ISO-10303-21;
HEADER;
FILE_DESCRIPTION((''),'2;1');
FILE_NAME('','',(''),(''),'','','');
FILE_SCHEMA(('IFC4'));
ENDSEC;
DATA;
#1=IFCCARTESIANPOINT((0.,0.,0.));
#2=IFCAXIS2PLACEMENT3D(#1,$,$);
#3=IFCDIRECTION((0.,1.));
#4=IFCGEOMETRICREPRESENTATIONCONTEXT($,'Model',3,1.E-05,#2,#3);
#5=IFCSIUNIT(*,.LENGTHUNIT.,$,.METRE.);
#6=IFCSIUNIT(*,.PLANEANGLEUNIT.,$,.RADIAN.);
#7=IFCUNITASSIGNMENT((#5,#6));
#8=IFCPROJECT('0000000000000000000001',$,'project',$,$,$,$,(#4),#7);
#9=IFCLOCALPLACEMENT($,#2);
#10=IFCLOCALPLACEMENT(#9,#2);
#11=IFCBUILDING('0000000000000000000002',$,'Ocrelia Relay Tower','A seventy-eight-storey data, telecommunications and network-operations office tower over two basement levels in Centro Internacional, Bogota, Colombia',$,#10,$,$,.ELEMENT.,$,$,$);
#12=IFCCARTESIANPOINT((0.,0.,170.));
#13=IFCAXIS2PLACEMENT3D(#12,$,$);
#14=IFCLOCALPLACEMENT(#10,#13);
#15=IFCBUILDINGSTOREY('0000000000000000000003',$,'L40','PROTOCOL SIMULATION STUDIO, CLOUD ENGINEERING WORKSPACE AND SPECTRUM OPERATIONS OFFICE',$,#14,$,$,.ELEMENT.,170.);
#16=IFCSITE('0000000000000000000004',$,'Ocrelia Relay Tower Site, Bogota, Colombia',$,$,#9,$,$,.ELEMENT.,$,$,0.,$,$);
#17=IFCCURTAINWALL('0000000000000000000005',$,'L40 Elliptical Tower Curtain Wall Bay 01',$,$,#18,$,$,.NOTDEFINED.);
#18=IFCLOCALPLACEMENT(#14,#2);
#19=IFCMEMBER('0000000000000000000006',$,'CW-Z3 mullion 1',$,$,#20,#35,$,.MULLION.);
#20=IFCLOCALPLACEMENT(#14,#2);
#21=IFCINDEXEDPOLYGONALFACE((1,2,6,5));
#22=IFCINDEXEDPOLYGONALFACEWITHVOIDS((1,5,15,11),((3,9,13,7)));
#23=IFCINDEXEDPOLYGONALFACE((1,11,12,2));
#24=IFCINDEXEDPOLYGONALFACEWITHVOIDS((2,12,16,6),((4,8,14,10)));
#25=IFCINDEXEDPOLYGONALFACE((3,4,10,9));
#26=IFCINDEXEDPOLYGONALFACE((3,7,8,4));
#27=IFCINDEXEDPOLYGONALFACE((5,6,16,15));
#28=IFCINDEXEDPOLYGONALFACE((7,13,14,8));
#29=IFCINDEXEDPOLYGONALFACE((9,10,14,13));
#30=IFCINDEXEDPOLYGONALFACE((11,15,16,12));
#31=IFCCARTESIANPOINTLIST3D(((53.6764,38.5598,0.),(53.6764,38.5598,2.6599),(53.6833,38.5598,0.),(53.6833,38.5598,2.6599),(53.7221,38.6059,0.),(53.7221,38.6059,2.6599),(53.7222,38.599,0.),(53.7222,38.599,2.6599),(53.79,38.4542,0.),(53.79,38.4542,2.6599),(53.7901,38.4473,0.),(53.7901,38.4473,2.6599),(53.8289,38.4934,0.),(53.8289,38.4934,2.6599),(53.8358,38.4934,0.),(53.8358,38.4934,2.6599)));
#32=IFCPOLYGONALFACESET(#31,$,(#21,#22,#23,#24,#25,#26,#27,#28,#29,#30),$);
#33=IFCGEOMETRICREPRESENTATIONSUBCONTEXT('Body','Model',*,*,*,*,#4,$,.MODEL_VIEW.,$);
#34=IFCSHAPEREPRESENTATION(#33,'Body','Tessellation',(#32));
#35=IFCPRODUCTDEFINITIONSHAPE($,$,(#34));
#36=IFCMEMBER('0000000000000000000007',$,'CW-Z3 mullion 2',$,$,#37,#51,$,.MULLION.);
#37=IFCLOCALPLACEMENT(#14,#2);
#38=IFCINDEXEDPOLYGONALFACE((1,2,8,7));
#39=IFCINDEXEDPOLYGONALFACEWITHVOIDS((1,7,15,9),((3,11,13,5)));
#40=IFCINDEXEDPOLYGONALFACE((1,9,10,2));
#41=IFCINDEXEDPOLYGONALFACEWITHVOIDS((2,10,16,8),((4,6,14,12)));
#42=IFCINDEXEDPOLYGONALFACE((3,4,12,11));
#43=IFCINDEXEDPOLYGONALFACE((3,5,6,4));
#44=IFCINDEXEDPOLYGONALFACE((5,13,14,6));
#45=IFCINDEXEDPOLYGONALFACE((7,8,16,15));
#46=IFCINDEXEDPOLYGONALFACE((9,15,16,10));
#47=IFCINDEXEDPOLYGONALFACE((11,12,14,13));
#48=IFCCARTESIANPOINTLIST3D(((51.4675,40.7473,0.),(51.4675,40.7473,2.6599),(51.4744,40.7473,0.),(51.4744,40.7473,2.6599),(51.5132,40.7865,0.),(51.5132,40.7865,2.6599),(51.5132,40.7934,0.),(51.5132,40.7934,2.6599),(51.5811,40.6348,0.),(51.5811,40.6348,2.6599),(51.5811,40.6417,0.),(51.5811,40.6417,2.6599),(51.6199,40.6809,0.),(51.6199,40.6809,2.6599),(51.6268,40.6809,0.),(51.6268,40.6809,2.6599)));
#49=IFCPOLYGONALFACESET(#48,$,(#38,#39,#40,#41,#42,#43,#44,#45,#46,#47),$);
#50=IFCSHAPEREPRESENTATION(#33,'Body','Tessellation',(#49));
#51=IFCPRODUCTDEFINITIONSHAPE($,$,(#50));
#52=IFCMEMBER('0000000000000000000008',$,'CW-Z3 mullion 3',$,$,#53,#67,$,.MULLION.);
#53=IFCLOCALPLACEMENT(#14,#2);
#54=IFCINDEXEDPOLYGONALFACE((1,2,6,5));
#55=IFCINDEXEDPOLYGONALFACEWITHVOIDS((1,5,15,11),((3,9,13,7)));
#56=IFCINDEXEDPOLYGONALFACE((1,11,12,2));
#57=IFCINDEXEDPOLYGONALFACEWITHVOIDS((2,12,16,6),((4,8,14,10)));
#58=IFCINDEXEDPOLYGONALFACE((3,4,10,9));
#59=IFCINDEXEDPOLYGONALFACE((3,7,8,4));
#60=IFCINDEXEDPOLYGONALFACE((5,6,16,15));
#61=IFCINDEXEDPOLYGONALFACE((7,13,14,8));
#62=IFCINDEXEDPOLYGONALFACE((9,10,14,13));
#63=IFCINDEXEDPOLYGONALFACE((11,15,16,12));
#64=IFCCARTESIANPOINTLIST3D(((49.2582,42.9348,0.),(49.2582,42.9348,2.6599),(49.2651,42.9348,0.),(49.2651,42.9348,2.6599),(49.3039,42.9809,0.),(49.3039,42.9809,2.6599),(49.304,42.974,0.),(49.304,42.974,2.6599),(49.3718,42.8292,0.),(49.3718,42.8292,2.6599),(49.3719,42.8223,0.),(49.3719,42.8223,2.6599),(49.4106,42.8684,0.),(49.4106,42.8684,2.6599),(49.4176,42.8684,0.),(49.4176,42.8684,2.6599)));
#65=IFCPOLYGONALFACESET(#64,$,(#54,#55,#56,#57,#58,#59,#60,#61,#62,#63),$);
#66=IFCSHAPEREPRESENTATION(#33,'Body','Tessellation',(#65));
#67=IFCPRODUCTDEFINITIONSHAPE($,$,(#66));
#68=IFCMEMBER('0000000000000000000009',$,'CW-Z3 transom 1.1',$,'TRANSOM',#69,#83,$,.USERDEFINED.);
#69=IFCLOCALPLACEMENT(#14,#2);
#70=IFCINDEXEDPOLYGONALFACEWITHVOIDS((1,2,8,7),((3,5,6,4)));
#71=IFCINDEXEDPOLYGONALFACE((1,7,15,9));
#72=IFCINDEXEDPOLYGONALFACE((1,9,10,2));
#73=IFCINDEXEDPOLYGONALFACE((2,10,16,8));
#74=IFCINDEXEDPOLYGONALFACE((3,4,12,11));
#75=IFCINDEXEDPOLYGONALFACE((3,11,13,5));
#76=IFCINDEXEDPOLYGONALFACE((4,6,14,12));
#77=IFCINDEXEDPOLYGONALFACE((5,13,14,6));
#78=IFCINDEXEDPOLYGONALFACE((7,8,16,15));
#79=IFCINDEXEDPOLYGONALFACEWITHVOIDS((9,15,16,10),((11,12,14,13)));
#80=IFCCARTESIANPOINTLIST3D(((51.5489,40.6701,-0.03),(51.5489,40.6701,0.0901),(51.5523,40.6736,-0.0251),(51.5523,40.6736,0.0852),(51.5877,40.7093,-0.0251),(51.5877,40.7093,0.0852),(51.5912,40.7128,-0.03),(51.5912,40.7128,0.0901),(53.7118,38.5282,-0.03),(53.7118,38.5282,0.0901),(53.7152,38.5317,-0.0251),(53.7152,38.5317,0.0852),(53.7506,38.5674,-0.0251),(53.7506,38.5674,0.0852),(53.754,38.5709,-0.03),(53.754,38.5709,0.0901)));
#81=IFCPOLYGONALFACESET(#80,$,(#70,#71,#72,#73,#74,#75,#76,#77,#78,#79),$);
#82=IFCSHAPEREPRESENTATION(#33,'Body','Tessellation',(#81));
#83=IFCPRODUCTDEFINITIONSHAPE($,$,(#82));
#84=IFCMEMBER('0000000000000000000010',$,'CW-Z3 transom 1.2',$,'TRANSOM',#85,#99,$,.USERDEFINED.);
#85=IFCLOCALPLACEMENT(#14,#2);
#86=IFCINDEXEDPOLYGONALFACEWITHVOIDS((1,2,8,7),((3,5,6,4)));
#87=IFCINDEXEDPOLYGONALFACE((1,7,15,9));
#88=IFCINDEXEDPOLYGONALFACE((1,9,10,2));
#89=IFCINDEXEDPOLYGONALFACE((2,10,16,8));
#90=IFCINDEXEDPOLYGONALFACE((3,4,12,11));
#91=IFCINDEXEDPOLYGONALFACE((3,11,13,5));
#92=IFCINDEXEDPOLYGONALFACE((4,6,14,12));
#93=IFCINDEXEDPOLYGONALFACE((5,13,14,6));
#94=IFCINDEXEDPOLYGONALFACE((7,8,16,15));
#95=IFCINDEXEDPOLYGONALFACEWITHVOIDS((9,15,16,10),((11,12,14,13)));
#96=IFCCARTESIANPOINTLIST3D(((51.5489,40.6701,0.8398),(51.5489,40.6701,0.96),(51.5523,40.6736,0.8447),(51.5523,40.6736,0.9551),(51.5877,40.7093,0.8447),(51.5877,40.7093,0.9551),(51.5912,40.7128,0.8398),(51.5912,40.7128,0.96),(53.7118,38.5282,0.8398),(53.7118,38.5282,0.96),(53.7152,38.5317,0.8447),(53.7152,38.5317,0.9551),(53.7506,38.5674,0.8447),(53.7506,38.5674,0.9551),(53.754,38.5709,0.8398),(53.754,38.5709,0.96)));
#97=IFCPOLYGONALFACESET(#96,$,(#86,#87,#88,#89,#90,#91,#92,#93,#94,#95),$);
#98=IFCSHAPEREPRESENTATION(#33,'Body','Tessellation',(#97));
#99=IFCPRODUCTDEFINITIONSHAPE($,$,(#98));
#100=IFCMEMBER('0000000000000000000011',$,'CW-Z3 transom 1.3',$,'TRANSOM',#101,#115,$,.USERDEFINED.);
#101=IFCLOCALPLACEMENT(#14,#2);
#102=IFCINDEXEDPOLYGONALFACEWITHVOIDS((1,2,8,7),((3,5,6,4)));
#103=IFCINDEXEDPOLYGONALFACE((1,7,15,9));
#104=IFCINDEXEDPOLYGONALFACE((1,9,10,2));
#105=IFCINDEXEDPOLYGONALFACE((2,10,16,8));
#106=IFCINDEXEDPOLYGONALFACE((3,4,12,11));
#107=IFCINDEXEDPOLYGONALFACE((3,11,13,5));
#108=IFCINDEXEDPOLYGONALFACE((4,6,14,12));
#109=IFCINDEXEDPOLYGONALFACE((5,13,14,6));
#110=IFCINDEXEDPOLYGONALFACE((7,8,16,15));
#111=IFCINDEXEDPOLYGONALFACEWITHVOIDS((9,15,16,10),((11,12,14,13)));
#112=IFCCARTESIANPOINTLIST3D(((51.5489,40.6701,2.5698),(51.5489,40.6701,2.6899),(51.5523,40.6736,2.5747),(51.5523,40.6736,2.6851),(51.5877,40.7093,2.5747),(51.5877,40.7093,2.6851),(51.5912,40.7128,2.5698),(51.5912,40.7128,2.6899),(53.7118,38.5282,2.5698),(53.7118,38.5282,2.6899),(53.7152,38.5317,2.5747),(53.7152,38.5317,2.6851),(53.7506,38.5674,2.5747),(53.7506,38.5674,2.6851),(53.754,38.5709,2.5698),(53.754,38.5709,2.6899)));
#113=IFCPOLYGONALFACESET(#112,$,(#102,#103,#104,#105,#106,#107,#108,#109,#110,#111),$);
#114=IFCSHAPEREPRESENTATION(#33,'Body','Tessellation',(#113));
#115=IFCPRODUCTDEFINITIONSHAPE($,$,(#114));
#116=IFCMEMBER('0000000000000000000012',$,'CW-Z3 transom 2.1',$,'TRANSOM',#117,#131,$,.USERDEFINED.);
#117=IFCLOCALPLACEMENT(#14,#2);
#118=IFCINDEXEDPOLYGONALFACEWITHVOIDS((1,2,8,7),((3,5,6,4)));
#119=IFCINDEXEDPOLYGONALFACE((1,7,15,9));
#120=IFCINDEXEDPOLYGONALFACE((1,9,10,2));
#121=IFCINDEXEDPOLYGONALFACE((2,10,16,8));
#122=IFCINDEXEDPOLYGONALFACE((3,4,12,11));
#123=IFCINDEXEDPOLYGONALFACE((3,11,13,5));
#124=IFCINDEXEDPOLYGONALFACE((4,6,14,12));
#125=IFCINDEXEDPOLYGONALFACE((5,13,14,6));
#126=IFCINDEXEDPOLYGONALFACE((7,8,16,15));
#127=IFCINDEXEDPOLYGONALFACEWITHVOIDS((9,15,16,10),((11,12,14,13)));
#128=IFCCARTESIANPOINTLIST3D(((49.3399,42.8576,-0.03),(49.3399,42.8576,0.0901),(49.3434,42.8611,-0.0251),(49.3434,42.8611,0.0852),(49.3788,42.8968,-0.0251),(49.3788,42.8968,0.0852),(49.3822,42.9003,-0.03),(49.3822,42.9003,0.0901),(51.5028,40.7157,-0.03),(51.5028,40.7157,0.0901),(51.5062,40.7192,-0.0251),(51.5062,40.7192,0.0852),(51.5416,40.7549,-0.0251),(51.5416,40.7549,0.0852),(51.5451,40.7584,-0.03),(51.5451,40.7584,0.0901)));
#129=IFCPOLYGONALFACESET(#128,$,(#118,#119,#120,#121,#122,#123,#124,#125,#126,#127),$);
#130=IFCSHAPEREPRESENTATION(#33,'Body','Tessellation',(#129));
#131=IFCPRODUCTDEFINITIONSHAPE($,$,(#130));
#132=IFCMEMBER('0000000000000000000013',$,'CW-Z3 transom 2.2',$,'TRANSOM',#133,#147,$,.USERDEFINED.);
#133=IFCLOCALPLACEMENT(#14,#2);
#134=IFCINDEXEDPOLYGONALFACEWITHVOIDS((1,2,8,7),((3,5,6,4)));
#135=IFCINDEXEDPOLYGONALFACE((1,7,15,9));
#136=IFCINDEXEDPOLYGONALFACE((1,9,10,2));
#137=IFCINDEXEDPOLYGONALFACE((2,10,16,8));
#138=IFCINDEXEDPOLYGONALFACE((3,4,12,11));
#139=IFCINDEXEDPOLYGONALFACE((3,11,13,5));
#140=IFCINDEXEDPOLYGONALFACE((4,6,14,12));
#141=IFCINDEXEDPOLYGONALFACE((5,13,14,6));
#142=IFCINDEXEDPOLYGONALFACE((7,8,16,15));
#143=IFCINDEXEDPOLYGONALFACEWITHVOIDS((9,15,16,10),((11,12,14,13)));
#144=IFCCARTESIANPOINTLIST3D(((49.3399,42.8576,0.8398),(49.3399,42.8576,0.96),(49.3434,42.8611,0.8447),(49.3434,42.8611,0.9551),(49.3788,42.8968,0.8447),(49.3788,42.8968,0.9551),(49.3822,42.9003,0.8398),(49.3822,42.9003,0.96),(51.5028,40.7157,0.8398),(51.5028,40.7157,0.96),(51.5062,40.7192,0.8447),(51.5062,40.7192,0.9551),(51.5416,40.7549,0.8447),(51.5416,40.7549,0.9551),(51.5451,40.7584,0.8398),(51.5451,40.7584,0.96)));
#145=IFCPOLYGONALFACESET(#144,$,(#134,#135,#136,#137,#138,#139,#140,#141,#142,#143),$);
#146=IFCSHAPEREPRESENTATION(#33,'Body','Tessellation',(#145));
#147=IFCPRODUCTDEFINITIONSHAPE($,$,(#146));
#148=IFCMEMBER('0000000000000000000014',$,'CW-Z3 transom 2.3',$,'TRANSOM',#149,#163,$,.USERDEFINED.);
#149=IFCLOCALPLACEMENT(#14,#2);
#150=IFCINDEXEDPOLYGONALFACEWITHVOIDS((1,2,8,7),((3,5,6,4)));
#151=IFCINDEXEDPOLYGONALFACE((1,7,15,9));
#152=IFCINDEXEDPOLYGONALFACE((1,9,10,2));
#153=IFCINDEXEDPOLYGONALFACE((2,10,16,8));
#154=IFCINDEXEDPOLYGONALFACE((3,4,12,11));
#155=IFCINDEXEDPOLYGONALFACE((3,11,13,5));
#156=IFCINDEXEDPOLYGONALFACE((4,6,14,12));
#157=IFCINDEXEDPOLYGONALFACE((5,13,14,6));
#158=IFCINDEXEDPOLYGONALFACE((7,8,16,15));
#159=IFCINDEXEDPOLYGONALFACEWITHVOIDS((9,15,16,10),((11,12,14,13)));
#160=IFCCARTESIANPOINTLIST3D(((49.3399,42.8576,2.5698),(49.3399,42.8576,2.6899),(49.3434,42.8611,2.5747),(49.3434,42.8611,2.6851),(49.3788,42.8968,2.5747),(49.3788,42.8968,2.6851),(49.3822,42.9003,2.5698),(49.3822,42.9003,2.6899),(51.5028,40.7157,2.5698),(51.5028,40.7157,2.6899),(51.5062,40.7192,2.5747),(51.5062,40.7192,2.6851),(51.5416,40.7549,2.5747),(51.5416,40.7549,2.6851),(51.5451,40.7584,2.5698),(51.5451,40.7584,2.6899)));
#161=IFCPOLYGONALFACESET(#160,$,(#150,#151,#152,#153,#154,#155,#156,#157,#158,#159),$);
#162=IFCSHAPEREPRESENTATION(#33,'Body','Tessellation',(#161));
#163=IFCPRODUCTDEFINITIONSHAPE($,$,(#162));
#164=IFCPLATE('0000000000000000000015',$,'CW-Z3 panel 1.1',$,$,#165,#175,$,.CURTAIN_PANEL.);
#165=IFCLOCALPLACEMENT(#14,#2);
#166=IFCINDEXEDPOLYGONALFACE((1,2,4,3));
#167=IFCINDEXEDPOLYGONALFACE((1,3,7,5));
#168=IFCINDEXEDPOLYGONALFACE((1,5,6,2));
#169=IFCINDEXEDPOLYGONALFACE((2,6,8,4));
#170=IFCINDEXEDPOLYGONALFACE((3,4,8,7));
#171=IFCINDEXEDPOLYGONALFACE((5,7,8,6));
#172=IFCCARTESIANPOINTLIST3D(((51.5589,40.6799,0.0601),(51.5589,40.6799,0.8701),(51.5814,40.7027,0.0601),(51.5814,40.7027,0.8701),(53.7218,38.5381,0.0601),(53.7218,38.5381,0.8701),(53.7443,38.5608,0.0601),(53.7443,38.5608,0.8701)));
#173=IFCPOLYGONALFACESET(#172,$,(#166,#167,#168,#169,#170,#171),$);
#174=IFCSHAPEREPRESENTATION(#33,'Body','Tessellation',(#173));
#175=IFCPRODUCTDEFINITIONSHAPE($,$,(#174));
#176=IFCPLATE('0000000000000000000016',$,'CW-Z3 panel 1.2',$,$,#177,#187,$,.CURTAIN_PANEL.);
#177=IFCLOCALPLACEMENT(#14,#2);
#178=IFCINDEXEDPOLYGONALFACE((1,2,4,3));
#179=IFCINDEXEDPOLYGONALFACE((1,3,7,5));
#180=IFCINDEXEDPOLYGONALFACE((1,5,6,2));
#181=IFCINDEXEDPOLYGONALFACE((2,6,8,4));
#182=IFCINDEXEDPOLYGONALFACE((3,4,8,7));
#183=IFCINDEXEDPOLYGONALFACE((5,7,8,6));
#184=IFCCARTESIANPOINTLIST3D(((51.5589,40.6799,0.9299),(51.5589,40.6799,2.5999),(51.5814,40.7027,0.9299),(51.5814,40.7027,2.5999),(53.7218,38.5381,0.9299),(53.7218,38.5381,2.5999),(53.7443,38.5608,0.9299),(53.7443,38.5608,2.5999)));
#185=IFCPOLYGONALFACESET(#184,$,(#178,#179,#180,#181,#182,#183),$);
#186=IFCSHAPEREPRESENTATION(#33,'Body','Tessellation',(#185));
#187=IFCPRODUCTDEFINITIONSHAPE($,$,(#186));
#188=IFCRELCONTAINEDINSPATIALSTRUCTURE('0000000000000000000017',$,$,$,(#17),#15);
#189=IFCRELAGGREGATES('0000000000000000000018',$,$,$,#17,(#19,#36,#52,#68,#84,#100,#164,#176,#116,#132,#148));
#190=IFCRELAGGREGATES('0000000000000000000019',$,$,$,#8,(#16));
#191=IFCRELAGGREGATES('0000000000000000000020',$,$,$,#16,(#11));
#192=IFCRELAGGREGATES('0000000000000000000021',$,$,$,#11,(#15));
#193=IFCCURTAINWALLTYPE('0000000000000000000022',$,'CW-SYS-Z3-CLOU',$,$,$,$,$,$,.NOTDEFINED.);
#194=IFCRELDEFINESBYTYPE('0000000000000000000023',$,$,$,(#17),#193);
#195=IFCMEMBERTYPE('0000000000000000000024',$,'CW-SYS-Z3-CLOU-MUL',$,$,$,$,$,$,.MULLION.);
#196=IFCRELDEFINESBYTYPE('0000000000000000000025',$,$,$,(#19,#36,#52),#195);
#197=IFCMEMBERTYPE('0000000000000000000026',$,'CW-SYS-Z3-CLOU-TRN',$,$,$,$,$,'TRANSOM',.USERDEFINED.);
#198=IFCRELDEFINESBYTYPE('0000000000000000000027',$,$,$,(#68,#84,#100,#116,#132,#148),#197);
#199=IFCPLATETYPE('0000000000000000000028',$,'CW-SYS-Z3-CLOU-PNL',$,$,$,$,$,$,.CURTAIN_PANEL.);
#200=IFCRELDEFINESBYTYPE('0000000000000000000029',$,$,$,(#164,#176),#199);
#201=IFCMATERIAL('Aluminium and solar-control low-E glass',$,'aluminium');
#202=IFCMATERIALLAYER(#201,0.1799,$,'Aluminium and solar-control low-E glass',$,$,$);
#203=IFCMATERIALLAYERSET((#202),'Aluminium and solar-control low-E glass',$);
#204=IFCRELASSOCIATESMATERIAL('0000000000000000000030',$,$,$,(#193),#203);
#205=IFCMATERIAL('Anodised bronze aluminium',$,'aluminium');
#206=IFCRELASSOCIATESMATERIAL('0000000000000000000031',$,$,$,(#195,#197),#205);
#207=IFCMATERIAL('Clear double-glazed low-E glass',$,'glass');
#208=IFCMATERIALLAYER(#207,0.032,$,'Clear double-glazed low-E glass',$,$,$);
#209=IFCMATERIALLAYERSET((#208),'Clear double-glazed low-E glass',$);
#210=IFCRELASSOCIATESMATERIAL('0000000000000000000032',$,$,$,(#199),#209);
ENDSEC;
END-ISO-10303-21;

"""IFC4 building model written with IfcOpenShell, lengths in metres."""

from ifc_helpers import new_model, si_unit, direction, frame, origin, origin_2d, place, context, subcontext, project, spatial, rectangle, hollow_rectangle, extrude, material, layer, layer_set, material_profile, profile_set, type_object, element, aggregate, save


model = new_model("IFC4")

# Units and contexts
model_context = context("Model", 3, precision=1e-05, world=origin(), true_north=direction((0.0, 1.0)))
body_context = subcontext(model_context, "Body", "Model", "MODEL_VIEW")
ifc_project = project(units=[si_unit("LENGTHUNIT", "METRE"), si_unit("PLANEANGLEUNIT", "RADIAN")], contexts=[model_context])

# Site, building, storey
site_placement = place(None, origin())
site = spatial("IfcSite", under=ifc_project, at=site_placement, Name="Ocrelia Relay Tower Site, Bogota, Colombia", CompositionType="ELEMENT", RefElevation=0.0)
building_placement = place(site_placement, origin())
building = spatial("IfcBuilding", under=site, at=building_placement, Name="Ocrelia Relay Tower", Description="A seventy-eight-storey data, telecommunications and network-operations office tower over two basement levels in Centro Internacional, Bogota, Colombia", CompositionType="ELEMENT")
storey_placement = place(building_placement, frame((0.0, 0.0, 170.0)))
storey = spatial("IfcBuildingStorey", under=building, at=storey_placement, Name="L40", Description="PROTOCOL SIMULATION STUDIO, CLOUD ENGINEERING WORKSPACE AND SPECTRUM OPERATIONS OFFICE", CompositionType="ELEMENT", Elevation=170.0)

# Curtain wall, members, plates
ifc_material_1 = material(Name="Aluminium and solar-control low-E glass", Category="aluminium")
ifc_layer_1 = layer(ifc_material_1, 0.1799, Name="Aluminium and solar-control low-E glass")
ifc_layer_set_1 = layer_set([ifc_layer_1], Name="Aluminium and solar-control low-E glass")
curtain_wall_type = type_object("IfcCurtainWallType", Name="CW-SYS-Z3-CLOU", PredefinedType="NOTDEFINED", material=ifc_layer_set_1)
curtain_wall_placement = place(storey_placement, origin())
curtain_wall = element("IfcCurtainWall", 1, at=curtain_wall_placement, inside=storey, type_object=curtain_wall_type, Name="L40 Elliptical Tower Curtain Wall Bay 01", PredefinedType="NOTDEFINED")
ifc_material_2 = material(Name="Anodised bronze aluminium", Category="aluminium")
ifc_material_profile_1 = material_profile(ifc_material_2, hollow_rectangle(XDim=0.0649, YDim=0.1599, WallThickness=0.0049, at=origin_2d()), Name="CW-MUL-160x65")
ifc_profile_set_1 = profile_set([ifc_material_profile_1], Name="Anodised bronze aluminium")
member_type_1 = type_object("IfcMemberType", Name="CW-SYS-Z3-CLOU-MUL", PredefinedType="MULLION", material=ifc_profile_set_1)
member_1_placement = place(storey_placement, frame((53.7561, 38.5266, 0.0), z_axis=(0.0, 0.0, 1.0), x_axis=(-0.703644, -0.710552, 0.0)))
member_1 = element("IfcMember", 2, at=member_1_placement, type_object=member_type_1, Name="CW-Z3 mullion 1", PredefinedType="MULLION", context=body_context, shape_type="SweptSolid", body=[
    extrude(hollow_rectangle(XDim=0.0649, YDim=0.1599, WallThickness=0.0049, at=origin_2d()), origin(), (0.0, 0.0, 1.0), 2.6599),
])
member_2_placement = place(storey_placement, frame((51.5471, 40.7141, 0.0), z_axis=(0.0, 0.0, 1.0), x_axis=(-0.703644, -0.710552, 0.0)))
member_2 = element("IfcMember", 3, at=member_2_placement, type_object=member_type_1, Name="CW-Z3 mullion 2", PredefinedType="MULLION", context=body_context, shape_type="SweptSolid", body=[
    extrude(hollow_rectangle(XDim=0.0649, YDim=0.1599, WallThickness=0.0049, at=origin_2d()), origin(), (0.0, 0.0, 1.0), 2.6599),
])
member_3_placement = place(storey_placement, frame((49.3379, 42.9016, 0.0), z_axis=(0.0, 0.0, 1.0), x_axis=(-0.703644, -0.710552, 0.0)))
member_3 = element("IfcMember", 4, at=member_3_placement, type_object=member_type_1, Name="CW-Z3 mullion 3", PredefinedType="MULLION", context=body_context, shape_type="SweptSolid", body=[
    extrude(hollow_rectangle(XDim=0.0649, YDim=0.1599, WallThickness=0.0049, at=origin_2d()), origin(), (0.0, 0.0, 1.0), 2.6599),
])
ifc_material_profile_2 = material_profile(ifc_material_2, hollow_rectangle(XDim=0.0601, YDim=0.1201, WallThickness=0.0049, at=origin_2d()), Name="CW-TRN-120x60")
ifc_profile_set_2 = profile_set([ifc_material_profile_2], Name="Anodised bronze aluminium")
member_type_2 = type_object("IfcMemberType", Name="CW-SYS-Z3-CLOU-TRN", ElementType="TRANSOM", PredefinedType="USERDEFINED", material=ifc_profile_set_2)
member_4_placement = place(storey_placement, frame((53.7329, 38.5496, 0.03), z_axis=(-0.710547, 0.70365, 0.0), x_axis=(-0.70365, -0.710547, 0.0)))
member_4 = element("IfcMember", 5, at=member_4_placement, type_object=member_type_2, Name="CW-Z3 transom 1.1", ObjectType="TRANSOM", PredefinedType="USERDEFINED", context=body_context, shape_type="SweptSolid", body=[
    extrude(hollow_rectangle(XDim=0.0601, YDim=0.1201, WallThickness=0.0049, at=origin_2d()), origin(), (0.0, 0.0, 1.0), 3.0439),
])
member_5_placement = place(storey_placement, frame((53.7329, 38.5496, 0.8999), z_axis=(-0.710547, 0.70365, 0.0), x_axis=(-0.70365, -0.710547, 0.0)))
member_5 = element("IfcMember", 6, at=member_5_placement, type_object=member_type_2, Name="CW-Z3 transom 1.2", ObjectType="TRANSOM", PredefinedType="USERDEFINED", context=body_context, shape_type="SweptSolid", body=[
    extrude(hollow_rectangle(XDim=0.0601, YDim=0.1201, WallThickness=0.0049, at=origin_2d()), origin(), (0.0, 0.0, 1.0), 3.0439),
])
member_6_placement = place(storey_placement, frame((53.7329, 38.5496, 2.6299), z_axis=(-0.710547, 0.70365, 0.0), x_axis=(-0.70365, -0.710547, 0.0)))
member_6 = element("IfcMember", 7, at=member_6_placement, type_object=member_type_2, Name="CW-Z3 transom 1.3", ObjectType="TRANSOM", PredefinedType="USERDEFINED", context=body_context, shape_type="SweptSolid", body=[
    extrude(hollow_rectangle(XDim=0.0601, YDim=0.1201, WallThickness=0.0049, at=origin_2d()), origin(), (0.0, 0.0, 1.0), 3.0439),
])
member_7_placement = place(storey_placement, frame((51.5239, 40.7371, 0.03), z_axis=(-0.710547, 0.70365, 0.0), x_axis=(-0.70365, -0.710547, 0.0)))
member_7 = element("IfcMember", 8, at=member_7_placement, type_object=member_type_2, Name="CW-Z3 transom 2.1", ObjectType="TRANSOM", PredefinedType="USERDEFINED", context=body_context, shape_type="SweptSolid", body=[
    extrude(hollow_rectangle(XDim=0.0601, YDim=0.1201, WallThickness=0.0049, at=origin_2d()), origin(), (0.0, 0.0, 1.0), 3.0439),
])
member_8_placement = place(storey_placement, frame((51.5239, 40.7371, 0.8999), z_axis=(-0.710547, 0.70365, 0.0), x_axis=(-0.70365, -0.710547, 0.0)))
member_8 = element("IfcMember", 9, at=member_8_placement, type_object=member_type_2, Name="CW-Z3 transom 2.2", ObjectType="TRANSOM", PredefinedType="USERDEFINED", context=body_context, shape_type="SweptSolid", body=[
    extrude(hollow_rectangle(XDim=0.0601, YDim=0.1201, WallThickness=0.0049, at=origin_2d()), origin(), (0.0, 0.0, 1.0), 3.0439),
])
member_9_placement = place(storey_placement, frame((51.5239, 40.7371, 2.6299), z_axis=(-0.710547, 0.70365, 0.0), x_axis=(-0.70365, -0.710547, 0.0)))
member_9 = element("IfcMember", 10, at=member_9_placement, type_object=member_type_2, Name="CW-Z3 transom 2.3", ObjectType="TRANSOM", PredefinedType="USERDEFINED", context=body_context, shape_type="SweptSolid", body=[
    extrude(hollow_rectangle(XDim=0.0601, YDim=0.1201, WallThickness=0.0049, at=origin_2d()), origin(), (0.0, 0.0, 1.0), 3.0439),
])
ifc_material_3 = material(Name="Clear double-glazed low-E glass", Category="glass")
ifc_layer_2 = layer(ifc_material_3, 0.032, Name="Clear double-glazed low-E glass")
ifc_layer_set_2 = layer_set([ifc_layer_2], Name="Clear double-glazed low-E glass")
plate_type = type_object("IfcPlateType", Name="CW-SYS-Z3-CLOU-PNL", PredefinedType="CURTAIN_PANEL", material=ifc_layer_set_2)
plate_1_placement = place(storey_placement, frame((52.6516, 39.6204, 0.0601), z_axis=(0.0, 0.0, 1.0), x_axis=(-0.710552, 0.703644, 0.0)))
plate_1 = element("IfcPlate", 11, at=plate_1_placement, type_object=plate_type, Name="CW-Z3 panel 1.1", PredefinedType="CURTAIN_PANEL", context=body_context, shape_type="SweptSolid", body=[
    extrude(rectangle(XDim=3.0439, YDim=0.032, at=origin_2d()), origin(), (0.0, 0.0, 1.0), 0.8101),
])
plate_2_placement = place(storey_placement, frame((52.6516, 39.6204, 0.9299), z_axis=(0.0, 0.0, 1.0), x_axis=(-0.710552, 0.703644, 0.0)))
plate_2 = element("IfcPlate", 12, at=plate_2_placement, type_object=plate_type, Name="CW-Z3 panel 1.2", PredefinedType="CURTAIN_PANEL", context=body_context, shape_type="SweptSolid", body=[
    extrude(rectangle(XDim=3.0439, YDim=0.032, at=origin_2d()), origin(), (0.0, 0.0, 1.0), 1.6699),
])
aggregate(curtain_wall, [member_1, member_2, member_3, member_4, member_5, member_6, plate_1, plate_2, member_7, member_8, member_9])

save(model, "model.ifc")
